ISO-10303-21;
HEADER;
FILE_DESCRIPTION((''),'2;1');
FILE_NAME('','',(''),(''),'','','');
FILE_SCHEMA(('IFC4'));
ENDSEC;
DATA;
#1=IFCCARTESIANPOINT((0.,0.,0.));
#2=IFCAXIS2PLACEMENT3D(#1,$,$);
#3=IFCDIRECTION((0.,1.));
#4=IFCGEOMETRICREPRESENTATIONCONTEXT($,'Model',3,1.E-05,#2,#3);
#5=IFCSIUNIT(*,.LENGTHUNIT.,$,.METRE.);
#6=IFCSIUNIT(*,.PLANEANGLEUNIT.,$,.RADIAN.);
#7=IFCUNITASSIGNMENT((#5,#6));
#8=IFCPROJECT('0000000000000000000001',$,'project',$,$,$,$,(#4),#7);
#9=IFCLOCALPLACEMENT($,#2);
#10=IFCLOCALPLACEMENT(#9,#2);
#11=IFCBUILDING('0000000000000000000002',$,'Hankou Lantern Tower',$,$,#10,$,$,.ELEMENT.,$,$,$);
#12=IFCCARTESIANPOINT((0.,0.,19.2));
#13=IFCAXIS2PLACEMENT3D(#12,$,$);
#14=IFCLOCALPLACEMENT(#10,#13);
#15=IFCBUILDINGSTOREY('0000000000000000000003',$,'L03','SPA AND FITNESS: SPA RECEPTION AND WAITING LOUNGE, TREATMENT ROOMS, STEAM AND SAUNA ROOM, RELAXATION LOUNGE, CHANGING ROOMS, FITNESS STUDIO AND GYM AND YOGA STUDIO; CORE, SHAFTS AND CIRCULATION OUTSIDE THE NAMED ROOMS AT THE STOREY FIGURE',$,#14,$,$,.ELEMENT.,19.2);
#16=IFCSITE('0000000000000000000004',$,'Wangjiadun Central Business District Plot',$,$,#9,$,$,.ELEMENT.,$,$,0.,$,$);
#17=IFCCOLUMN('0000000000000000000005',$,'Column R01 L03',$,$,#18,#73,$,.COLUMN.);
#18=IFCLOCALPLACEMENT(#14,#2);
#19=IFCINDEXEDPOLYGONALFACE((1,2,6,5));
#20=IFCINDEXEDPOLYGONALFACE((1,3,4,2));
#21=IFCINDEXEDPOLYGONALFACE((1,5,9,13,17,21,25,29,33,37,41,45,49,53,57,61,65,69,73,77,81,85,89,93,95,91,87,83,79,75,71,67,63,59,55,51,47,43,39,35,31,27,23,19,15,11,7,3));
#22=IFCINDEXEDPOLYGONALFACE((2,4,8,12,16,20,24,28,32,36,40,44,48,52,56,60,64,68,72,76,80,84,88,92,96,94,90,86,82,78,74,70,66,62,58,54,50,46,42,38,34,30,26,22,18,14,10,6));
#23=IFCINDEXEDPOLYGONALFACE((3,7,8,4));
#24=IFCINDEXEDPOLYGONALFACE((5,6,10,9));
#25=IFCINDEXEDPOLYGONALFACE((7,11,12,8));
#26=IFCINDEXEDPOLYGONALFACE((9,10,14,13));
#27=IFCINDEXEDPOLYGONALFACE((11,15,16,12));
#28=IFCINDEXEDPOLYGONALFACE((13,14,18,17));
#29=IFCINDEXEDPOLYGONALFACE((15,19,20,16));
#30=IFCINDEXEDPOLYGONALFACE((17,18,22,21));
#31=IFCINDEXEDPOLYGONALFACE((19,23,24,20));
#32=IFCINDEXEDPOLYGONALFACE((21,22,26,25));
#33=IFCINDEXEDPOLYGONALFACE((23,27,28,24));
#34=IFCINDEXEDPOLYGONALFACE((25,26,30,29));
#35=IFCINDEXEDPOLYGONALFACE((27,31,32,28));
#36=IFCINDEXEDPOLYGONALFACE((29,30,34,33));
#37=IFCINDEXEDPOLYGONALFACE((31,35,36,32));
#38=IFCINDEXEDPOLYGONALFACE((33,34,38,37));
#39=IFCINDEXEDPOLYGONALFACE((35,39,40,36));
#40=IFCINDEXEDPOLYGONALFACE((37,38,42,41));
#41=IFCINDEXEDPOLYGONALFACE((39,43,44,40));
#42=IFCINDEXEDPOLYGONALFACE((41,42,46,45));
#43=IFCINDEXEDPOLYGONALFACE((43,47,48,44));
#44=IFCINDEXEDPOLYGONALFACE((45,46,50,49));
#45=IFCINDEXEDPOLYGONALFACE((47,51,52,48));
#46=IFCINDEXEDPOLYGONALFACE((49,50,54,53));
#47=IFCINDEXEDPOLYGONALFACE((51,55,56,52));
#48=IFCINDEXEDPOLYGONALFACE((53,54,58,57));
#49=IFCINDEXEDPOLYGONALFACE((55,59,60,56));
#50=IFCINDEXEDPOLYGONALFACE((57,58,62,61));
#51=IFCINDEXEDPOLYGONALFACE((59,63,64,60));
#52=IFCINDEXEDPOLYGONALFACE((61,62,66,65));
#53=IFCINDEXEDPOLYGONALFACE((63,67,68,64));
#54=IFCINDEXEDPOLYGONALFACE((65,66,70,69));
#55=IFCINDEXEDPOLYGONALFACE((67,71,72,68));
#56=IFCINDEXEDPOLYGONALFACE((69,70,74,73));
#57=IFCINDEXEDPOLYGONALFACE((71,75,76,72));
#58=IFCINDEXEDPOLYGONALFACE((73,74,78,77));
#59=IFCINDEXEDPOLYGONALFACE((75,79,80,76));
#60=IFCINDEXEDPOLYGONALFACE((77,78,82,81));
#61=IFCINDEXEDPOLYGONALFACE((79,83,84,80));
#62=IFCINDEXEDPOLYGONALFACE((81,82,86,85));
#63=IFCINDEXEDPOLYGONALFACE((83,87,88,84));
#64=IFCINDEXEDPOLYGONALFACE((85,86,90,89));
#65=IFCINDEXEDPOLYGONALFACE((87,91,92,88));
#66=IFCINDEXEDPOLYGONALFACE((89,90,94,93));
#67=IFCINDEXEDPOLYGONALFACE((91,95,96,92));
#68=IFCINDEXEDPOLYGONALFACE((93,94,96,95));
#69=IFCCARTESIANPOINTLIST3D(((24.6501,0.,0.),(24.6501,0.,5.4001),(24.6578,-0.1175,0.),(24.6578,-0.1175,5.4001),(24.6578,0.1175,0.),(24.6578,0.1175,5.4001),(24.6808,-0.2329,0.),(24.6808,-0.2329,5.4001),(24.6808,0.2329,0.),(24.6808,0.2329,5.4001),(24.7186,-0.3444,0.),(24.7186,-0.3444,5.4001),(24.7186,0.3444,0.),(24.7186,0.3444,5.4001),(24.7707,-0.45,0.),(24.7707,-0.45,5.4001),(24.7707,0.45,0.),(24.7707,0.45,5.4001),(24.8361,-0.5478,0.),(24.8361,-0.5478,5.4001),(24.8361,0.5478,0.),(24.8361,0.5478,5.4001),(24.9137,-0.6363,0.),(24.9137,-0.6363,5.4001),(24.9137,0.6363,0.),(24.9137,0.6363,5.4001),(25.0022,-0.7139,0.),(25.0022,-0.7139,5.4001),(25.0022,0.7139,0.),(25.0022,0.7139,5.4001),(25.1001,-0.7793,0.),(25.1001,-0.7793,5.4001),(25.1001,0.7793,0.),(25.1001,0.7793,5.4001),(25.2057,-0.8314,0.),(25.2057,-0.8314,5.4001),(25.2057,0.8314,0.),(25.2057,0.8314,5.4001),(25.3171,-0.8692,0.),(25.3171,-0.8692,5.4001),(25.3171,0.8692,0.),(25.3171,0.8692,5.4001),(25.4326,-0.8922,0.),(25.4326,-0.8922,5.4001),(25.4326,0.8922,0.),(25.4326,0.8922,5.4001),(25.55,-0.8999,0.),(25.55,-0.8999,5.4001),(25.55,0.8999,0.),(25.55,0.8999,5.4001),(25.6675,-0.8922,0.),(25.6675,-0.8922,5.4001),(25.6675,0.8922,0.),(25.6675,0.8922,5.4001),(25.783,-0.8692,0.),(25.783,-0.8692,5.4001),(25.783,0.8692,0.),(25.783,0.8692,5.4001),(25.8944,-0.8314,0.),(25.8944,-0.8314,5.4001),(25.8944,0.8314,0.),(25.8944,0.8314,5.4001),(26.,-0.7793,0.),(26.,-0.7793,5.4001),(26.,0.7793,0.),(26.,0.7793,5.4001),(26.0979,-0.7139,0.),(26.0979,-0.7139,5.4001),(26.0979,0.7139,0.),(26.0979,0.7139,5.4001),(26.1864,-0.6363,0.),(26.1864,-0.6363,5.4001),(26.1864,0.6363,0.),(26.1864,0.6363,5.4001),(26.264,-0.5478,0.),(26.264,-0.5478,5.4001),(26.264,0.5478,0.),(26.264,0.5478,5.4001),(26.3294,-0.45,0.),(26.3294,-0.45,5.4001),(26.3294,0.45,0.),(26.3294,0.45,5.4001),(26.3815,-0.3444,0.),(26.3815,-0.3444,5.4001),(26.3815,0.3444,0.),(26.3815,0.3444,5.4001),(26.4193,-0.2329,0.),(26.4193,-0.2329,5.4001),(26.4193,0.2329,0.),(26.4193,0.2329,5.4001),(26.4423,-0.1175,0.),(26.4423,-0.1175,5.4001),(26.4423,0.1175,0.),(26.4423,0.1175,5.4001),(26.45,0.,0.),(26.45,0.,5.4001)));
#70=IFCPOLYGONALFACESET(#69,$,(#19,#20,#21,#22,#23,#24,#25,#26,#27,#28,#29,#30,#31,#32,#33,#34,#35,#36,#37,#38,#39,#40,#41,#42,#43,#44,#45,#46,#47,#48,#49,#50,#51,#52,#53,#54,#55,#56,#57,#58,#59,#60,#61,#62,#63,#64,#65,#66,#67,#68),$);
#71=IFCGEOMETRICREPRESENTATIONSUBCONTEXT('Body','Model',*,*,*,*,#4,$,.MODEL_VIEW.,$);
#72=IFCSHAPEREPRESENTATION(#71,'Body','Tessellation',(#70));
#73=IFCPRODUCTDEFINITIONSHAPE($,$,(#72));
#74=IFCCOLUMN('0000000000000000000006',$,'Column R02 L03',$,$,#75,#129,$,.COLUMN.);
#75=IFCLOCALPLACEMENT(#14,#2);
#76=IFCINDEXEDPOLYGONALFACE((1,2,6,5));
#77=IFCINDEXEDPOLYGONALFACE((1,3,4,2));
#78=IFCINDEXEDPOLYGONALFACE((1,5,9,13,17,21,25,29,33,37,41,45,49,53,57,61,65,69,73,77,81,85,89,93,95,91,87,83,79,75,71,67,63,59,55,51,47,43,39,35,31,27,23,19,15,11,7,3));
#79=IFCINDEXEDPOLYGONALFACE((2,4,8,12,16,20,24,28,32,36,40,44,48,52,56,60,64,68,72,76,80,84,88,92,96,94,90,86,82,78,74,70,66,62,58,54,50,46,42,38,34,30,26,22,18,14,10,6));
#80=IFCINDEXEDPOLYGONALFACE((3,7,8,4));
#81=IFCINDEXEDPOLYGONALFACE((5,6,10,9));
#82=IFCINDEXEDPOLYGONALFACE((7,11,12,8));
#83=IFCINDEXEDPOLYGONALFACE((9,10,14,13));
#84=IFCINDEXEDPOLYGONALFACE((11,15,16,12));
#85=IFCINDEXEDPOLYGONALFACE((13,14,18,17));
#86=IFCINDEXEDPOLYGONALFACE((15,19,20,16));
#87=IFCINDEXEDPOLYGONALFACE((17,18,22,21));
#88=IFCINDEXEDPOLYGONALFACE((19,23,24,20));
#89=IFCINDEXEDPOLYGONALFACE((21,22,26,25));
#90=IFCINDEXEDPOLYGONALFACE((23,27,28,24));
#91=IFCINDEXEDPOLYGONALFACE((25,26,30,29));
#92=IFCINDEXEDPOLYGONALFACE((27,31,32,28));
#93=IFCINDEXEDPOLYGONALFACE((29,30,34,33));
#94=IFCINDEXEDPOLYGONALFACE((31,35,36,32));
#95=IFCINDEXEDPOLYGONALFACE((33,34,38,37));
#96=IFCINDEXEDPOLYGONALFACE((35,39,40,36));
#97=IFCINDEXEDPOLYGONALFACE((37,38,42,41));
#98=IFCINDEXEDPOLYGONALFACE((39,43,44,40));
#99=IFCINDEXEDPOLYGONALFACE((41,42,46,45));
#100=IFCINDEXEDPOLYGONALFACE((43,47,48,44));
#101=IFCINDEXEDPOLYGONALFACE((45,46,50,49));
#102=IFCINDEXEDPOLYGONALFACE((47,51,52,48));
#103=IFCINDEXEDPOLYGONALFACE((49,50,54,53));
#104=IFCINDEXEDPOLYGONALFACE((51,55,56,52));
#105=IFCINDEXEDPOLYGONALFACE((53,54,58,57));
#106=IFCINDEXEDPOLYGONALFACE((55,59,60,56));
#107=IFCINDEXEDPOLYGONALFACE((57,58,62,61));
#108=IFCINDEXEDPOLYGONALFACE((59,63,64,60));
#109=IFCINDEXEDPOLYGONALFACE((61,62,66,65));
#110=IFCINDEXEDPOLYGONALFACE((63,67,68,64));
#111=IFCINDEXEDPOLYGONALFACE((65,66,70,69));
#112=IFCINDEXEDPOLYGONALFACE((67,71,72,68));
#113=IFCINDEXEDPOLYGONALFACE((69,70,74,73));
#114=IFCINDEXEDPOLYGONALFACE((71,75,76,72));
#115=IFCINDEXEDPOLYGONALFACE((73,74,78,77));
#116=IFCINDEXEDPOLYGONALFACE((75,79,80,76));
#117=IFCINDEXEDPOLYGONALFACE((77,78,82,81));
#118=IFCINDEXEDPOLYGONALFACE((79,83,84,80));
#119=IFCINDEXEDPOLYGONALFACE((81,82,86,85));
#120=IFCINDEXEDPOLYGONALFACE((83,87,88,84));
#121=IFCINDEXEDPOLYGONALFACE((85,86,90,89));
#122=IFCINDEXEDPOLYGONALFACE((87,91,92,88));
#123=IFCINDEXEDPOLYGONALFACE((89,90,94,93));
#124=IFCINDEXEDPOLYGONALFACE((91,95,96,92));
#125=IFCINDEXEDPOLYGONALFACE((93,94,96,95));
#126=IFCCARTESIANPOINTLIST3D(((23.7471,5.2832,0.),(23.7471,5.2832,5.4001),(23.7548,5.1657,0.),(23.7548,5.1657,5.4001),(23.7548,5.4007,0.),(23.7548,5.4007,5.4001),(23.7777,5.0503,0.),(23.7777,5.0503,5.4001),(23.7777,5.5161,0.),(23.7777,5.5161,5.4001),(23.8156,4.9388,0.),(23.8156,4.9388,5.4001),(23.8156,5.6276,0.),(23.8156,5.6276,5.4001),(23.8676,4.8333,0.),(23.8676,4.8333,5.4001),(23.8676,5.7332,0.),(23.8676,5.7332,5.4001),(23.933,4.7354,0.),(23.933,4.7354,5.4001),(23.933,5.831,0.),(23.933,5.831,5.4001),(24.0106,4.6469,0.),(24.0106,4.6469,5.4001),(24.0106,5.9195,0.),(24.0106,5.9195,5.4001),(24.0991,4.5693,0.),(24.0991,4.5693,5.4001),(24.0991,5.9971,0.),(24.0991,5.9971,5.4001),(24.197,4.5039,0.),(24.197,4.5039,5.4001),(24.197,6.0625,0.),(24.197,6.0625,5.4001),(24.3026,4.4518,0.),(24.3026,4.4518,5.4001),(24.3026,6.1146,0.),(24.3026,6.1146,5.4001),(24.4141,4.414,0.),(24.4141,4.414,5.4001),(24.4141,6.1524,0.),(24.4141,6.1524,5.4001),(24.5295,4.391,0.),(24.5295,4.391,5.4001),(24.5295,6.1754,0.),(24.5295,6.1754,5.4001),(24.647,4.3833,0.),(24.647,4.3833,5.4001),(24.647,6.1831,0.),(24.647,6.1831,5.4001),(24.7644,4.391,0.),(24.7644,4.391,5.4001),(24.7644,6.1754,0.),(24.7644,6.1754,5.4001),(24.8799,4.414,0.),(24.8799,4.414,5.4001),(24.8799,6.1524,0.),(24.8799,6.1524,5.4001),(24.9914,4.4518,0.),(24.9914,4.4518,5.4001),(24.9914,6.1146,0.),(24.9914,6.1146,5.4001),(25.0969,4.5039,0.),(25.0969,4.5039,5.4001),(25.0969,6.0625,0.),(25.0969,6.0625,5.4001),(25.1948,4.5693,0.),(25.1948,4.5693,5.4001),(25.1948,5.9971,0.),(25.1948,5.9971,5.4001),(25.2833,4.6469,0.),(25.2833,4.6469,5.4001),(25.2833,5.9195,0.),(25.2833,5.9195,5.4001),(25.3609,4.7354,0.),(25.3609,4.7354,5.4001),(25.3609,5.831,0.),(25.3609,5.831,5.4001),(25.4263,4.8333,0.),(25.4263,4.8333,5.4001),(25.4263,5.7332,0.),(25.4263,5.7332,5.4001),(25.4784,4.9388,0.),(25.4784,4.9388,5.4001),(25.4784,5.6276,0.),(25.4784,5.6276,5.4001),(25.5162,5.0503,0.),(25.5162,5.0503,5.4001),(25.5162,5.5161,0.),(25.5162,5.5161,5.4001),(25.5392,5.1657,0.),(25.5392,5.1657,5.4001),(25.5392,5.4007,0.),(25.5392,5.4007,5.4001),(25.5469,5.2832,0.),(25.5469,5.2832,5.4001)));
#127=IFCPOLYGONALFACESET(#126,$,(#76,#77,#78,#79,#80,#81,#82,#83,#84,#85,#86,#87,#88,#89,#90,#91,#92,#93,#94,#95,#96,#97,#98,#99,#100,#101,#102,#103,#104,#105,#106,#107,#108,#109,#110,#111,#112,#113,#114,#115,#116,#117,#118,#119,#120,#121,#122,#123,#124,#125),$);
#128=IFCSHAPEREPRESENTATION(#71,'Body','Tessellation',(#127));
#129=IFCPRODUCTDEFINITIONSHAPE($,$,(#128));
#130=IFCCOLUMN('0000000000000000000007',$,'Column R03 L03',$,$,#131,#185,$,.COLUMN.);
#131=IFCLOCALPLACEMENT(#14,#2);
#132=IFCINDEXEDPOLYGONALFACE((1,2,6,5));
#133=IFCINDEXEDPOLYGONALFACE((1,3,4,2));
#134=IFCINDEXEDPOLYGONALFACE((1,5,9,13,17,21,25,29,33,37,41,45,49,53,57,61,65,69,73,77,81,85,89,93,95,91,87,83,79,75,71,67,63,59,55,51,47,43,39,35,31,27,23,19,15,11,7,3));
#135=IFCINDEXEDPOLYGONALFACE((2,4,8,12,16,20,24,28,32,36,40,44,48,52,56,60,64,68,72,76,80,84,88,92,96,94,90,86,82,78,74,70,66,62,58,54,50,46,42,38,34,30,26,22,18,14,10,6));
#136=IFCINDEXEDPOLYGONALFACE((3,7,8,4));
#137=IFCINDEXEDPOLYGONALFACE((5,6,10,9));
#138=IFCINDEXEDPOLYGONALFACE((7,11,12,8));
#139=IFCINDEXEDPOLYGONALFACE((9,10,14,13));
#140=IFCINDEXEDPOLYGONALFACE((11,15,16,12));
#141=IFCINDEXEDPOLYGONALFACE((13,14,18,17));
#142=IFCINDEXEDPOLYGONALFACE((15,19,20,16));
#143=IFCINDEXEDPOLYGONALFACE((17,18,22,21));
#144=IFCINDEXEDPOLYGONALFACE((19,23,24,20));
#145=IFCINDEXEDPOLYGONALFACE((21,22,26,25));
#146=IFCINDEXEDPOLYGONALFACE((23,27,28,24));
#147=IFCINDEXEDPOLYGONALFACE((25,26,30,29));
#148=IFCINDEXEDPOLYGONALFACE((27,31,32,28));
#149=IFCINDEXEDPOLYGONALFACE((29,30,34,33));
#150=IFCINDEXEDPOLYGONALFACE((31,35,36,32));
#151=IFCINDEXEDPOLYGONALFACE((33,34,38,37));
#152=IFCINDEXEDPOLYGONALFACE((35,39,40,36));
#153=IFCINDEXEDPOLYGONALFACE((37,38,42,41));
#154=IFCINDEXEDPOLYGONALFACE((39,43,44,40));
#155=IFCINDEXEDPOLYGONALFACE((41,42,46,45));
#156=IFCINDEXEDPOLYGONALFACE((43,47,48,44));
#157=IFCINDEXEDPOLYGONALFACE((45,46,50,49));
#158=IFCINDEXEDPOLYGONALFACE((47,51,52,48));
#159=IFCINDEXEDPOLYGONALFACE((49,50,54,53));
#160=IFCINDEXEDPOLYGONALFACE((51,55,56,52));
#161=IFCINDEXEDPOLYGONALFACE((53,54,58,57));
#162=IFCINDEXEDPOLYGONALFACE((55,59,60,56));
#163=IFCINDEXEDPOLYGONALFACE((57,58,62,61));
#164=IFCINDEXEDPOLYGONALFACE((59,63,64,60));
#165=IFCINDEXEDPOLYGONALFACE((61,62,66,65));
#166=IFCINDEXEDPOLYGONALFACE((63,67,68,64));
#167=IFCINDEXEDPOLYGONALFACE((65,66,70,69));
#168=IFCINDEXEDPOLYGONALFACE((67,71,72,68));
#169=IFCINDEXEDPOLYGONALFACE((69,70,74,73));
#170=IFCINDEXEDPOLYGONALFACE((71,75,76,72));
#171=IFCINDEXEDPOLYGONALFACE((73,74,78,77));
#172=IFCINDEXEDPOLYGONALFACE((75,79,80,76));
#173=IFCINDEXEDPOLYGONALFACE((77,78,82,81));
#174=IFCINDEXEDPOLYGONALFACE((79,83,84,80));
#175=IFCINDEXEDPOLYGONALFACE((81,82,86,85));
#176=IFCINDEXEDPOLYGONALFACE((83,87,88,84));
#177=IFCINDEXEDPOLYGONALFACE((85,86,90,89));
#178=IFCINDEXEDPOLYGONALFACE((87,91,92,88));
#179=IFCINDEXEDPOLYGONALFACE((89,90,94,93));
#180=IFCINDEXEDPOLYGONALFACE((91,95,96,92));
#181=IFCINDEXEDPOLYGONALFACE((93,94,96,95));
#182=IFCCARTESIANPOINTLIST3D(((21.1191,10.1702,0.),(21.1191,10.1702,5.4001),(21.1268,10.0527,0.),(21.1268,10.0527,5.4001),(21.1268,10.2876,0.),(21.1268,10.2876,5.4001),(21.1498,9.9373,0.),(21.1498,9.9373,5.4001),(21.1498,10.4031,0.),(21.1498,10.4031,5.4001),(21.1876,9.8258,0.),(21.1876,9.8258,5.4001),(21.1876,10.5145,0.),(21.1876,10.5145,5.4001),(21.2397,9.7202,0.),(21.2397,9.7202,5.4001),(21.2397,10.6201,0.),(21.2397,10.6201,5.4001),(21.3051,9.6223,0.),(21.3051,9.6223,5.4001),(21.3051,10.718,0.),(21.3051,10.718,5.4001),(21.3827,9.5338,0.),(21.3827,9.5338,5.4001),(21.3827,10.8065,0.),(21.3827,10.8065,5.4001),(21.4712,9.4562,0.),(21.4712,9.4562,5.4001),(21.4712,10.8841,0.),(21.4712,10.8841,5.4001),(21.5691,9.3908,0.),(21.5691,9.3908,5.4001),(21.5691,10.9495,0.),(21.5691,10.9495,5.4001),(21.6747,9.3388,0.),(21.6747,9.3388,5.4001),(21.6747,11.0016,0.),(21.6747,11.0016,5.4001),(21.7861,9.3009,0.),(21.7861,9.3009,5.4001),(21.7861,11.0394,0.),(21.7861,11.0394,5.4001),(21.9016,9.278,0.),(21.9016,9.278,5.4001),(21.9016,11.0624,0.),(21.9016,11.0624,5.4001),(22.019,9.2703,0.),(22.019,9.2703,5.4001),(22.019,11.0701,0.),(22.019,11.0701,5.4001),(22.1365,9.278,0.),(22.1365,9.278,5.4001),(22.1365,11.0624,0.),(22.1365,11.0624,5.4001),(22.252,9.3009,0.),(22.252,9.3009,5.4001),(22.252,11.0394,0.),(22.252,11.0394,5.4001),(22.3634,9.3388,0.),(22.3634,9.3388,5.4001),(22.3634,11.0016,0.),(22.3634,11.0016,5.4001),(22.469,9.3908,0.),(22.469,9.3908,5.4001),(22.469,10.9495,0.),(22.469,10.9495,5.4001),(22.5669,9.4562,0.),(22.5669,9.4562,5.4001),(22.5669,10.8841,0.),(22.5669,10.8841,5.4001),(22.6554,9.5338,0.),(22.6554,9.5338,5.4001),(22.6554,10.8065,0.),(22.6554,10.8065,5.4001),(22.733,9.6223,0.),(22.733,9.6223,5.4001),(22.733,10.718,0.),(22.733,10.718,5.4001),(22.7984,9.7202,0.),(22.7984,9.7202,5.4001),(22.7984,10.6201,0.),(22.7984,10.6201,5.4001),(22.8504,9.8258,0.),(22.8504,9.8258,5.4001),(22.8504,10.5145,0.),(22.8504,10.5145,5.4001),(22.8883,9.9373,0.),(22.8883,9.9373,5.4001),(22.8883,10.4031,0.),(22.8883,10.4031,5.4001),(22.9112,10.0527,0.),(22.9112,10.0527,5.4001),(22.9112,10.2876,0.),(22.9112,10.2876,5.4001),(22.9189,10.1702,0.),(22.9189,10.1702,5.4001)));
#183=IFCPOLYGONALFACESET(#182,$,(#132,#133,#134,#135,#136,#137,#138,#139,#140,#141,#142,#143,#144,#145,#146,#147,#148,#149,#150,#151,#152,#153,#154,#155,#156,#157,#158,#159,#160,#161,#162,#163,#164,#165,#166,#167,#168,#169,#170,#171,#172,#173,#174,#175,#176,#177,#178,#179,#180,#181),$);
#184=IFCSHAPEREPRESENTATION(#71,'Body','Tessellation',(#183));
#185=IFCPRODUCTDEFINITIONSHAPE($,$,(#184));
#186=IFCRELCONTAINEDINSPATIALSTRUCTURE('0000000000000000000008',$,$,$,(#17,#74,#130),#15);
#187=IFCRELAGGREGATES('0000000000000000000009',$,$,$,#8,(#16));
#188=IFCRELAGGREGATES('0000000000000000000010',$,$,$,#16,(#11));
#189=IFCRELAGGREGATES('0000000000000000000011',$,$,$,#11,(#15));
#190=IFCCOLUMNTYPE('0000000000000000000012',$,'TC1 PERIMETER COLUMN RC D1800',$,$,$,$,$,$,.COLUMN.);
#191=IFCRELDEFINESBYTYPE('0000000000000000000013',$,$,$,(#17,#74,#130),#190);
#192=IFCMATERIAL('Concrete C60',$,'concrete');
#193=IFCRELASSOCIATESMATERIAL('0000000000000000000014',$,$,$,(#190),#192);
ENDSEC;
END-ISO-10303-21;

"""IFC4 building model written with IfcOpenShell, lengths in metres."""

from ifc_helpers import new_model, si_unit, direction, frame, origin, origin_2d, place, context, subcontext, project, spatial, circle, extrude, material, material_profile, profile_set, type_object, element, save


model = new_model("IFC4")

# Units and contexts
model_context = context("Model", 3, precision=1e-05, world=origin(), true_north=direction((0.0, 1.0)))
body_context = subcontext(model_context, "Body", "Model", "MODEL_VIEW")
ifc_project = project(units=[si_unit("LENGTHUNIT", "METRE"), si_unit("PLANEANGLEUNIT", "RADIAN")], contexts=[model_context])

# Site, building, storey
site_placement = place(None, origin())
site = spatial("IfcSite", under=ifc_project, at=site_placement, Name="Wangjiadun Central Business District Plot", CompositionType="ELEMENT", RefElevation=0.0)
building_placement = place(site_placement, origin())
building = spatial("IfcBuilding", under=site, at=building_placement, Name="Hankou Lantern Tower", CompositionType="ELEMENT")
storey_placement = place(building_placement, frame((0.0, 0.0, 19.2)))
storey = spatial("IfcBuildingStorey", under=building, at=storey_placement, Name="L03", Description="SPA AND FITNESS: SPA RECEPTION AND WAITING LOUNGE, TREATMENT ROOMS, STEAM AND SAUNA ROOM, RELAXATION LOUNGE, CHANGING ROOMS, FITNESS STUDIO AND GYM AND YOGA STUDIO; CORE, SHAFTS AND CIRCULATION OUTSIDE THE NAMED ROOMS AT THE STOREY FIGURE", CompositionType="ELEMENT", Elevation=19.2)

# Columns
ifc_material_1 = material(Name="Concrete C60", Category="concrete")
ifc_material_profile_1 = material_profile(ifc_material_1, circle(Radius=0.8999, at=origin_2d()), Name="RC D1800")
ifc_profile_set_1 = profile_set([ifc_material_profile_1], Name="Concrete C60")
column_type = type_object("IfcColumnType", Name="TC1 PERIMETER COLUMN RC D1800", PredefinedType="COLUMN", material=ifc_profile_set_1)
for number, where, z_axis, x_axis, name in (
    (1, (25.55, 0.0, 0.0), (0.0, 0.0, 1.0), (1.0, 0.0, 0.0), "Column R01 L03"),
    (2, (24.647, 5.2832, 0.0), (0.0, 0.0, 1.0), (1.0, 0.0, 0.0), "Column R02 L03"),
    (3, (22.019, 10.1702, 0.0), (0.0, 0.0, 1.0), (1.0, 0.0, 0.0), "Column R03 L03"),
):
    element("IfcColumn", number, at=place(storey_placement, frame(where, z_axis=z_axis, x_axis=x_axis)), inside=storey, type_object=column_type, Name=name, PredefinedType="COLUMN", context=body_context, shape_type="SweptSolid", body=[
        extrude(circle(Radius=0.8999, at=origin_2d()), origin(), (0.0, 0.0, 1.0), 5.4001),
    ])

save(model, "model.ifc")
